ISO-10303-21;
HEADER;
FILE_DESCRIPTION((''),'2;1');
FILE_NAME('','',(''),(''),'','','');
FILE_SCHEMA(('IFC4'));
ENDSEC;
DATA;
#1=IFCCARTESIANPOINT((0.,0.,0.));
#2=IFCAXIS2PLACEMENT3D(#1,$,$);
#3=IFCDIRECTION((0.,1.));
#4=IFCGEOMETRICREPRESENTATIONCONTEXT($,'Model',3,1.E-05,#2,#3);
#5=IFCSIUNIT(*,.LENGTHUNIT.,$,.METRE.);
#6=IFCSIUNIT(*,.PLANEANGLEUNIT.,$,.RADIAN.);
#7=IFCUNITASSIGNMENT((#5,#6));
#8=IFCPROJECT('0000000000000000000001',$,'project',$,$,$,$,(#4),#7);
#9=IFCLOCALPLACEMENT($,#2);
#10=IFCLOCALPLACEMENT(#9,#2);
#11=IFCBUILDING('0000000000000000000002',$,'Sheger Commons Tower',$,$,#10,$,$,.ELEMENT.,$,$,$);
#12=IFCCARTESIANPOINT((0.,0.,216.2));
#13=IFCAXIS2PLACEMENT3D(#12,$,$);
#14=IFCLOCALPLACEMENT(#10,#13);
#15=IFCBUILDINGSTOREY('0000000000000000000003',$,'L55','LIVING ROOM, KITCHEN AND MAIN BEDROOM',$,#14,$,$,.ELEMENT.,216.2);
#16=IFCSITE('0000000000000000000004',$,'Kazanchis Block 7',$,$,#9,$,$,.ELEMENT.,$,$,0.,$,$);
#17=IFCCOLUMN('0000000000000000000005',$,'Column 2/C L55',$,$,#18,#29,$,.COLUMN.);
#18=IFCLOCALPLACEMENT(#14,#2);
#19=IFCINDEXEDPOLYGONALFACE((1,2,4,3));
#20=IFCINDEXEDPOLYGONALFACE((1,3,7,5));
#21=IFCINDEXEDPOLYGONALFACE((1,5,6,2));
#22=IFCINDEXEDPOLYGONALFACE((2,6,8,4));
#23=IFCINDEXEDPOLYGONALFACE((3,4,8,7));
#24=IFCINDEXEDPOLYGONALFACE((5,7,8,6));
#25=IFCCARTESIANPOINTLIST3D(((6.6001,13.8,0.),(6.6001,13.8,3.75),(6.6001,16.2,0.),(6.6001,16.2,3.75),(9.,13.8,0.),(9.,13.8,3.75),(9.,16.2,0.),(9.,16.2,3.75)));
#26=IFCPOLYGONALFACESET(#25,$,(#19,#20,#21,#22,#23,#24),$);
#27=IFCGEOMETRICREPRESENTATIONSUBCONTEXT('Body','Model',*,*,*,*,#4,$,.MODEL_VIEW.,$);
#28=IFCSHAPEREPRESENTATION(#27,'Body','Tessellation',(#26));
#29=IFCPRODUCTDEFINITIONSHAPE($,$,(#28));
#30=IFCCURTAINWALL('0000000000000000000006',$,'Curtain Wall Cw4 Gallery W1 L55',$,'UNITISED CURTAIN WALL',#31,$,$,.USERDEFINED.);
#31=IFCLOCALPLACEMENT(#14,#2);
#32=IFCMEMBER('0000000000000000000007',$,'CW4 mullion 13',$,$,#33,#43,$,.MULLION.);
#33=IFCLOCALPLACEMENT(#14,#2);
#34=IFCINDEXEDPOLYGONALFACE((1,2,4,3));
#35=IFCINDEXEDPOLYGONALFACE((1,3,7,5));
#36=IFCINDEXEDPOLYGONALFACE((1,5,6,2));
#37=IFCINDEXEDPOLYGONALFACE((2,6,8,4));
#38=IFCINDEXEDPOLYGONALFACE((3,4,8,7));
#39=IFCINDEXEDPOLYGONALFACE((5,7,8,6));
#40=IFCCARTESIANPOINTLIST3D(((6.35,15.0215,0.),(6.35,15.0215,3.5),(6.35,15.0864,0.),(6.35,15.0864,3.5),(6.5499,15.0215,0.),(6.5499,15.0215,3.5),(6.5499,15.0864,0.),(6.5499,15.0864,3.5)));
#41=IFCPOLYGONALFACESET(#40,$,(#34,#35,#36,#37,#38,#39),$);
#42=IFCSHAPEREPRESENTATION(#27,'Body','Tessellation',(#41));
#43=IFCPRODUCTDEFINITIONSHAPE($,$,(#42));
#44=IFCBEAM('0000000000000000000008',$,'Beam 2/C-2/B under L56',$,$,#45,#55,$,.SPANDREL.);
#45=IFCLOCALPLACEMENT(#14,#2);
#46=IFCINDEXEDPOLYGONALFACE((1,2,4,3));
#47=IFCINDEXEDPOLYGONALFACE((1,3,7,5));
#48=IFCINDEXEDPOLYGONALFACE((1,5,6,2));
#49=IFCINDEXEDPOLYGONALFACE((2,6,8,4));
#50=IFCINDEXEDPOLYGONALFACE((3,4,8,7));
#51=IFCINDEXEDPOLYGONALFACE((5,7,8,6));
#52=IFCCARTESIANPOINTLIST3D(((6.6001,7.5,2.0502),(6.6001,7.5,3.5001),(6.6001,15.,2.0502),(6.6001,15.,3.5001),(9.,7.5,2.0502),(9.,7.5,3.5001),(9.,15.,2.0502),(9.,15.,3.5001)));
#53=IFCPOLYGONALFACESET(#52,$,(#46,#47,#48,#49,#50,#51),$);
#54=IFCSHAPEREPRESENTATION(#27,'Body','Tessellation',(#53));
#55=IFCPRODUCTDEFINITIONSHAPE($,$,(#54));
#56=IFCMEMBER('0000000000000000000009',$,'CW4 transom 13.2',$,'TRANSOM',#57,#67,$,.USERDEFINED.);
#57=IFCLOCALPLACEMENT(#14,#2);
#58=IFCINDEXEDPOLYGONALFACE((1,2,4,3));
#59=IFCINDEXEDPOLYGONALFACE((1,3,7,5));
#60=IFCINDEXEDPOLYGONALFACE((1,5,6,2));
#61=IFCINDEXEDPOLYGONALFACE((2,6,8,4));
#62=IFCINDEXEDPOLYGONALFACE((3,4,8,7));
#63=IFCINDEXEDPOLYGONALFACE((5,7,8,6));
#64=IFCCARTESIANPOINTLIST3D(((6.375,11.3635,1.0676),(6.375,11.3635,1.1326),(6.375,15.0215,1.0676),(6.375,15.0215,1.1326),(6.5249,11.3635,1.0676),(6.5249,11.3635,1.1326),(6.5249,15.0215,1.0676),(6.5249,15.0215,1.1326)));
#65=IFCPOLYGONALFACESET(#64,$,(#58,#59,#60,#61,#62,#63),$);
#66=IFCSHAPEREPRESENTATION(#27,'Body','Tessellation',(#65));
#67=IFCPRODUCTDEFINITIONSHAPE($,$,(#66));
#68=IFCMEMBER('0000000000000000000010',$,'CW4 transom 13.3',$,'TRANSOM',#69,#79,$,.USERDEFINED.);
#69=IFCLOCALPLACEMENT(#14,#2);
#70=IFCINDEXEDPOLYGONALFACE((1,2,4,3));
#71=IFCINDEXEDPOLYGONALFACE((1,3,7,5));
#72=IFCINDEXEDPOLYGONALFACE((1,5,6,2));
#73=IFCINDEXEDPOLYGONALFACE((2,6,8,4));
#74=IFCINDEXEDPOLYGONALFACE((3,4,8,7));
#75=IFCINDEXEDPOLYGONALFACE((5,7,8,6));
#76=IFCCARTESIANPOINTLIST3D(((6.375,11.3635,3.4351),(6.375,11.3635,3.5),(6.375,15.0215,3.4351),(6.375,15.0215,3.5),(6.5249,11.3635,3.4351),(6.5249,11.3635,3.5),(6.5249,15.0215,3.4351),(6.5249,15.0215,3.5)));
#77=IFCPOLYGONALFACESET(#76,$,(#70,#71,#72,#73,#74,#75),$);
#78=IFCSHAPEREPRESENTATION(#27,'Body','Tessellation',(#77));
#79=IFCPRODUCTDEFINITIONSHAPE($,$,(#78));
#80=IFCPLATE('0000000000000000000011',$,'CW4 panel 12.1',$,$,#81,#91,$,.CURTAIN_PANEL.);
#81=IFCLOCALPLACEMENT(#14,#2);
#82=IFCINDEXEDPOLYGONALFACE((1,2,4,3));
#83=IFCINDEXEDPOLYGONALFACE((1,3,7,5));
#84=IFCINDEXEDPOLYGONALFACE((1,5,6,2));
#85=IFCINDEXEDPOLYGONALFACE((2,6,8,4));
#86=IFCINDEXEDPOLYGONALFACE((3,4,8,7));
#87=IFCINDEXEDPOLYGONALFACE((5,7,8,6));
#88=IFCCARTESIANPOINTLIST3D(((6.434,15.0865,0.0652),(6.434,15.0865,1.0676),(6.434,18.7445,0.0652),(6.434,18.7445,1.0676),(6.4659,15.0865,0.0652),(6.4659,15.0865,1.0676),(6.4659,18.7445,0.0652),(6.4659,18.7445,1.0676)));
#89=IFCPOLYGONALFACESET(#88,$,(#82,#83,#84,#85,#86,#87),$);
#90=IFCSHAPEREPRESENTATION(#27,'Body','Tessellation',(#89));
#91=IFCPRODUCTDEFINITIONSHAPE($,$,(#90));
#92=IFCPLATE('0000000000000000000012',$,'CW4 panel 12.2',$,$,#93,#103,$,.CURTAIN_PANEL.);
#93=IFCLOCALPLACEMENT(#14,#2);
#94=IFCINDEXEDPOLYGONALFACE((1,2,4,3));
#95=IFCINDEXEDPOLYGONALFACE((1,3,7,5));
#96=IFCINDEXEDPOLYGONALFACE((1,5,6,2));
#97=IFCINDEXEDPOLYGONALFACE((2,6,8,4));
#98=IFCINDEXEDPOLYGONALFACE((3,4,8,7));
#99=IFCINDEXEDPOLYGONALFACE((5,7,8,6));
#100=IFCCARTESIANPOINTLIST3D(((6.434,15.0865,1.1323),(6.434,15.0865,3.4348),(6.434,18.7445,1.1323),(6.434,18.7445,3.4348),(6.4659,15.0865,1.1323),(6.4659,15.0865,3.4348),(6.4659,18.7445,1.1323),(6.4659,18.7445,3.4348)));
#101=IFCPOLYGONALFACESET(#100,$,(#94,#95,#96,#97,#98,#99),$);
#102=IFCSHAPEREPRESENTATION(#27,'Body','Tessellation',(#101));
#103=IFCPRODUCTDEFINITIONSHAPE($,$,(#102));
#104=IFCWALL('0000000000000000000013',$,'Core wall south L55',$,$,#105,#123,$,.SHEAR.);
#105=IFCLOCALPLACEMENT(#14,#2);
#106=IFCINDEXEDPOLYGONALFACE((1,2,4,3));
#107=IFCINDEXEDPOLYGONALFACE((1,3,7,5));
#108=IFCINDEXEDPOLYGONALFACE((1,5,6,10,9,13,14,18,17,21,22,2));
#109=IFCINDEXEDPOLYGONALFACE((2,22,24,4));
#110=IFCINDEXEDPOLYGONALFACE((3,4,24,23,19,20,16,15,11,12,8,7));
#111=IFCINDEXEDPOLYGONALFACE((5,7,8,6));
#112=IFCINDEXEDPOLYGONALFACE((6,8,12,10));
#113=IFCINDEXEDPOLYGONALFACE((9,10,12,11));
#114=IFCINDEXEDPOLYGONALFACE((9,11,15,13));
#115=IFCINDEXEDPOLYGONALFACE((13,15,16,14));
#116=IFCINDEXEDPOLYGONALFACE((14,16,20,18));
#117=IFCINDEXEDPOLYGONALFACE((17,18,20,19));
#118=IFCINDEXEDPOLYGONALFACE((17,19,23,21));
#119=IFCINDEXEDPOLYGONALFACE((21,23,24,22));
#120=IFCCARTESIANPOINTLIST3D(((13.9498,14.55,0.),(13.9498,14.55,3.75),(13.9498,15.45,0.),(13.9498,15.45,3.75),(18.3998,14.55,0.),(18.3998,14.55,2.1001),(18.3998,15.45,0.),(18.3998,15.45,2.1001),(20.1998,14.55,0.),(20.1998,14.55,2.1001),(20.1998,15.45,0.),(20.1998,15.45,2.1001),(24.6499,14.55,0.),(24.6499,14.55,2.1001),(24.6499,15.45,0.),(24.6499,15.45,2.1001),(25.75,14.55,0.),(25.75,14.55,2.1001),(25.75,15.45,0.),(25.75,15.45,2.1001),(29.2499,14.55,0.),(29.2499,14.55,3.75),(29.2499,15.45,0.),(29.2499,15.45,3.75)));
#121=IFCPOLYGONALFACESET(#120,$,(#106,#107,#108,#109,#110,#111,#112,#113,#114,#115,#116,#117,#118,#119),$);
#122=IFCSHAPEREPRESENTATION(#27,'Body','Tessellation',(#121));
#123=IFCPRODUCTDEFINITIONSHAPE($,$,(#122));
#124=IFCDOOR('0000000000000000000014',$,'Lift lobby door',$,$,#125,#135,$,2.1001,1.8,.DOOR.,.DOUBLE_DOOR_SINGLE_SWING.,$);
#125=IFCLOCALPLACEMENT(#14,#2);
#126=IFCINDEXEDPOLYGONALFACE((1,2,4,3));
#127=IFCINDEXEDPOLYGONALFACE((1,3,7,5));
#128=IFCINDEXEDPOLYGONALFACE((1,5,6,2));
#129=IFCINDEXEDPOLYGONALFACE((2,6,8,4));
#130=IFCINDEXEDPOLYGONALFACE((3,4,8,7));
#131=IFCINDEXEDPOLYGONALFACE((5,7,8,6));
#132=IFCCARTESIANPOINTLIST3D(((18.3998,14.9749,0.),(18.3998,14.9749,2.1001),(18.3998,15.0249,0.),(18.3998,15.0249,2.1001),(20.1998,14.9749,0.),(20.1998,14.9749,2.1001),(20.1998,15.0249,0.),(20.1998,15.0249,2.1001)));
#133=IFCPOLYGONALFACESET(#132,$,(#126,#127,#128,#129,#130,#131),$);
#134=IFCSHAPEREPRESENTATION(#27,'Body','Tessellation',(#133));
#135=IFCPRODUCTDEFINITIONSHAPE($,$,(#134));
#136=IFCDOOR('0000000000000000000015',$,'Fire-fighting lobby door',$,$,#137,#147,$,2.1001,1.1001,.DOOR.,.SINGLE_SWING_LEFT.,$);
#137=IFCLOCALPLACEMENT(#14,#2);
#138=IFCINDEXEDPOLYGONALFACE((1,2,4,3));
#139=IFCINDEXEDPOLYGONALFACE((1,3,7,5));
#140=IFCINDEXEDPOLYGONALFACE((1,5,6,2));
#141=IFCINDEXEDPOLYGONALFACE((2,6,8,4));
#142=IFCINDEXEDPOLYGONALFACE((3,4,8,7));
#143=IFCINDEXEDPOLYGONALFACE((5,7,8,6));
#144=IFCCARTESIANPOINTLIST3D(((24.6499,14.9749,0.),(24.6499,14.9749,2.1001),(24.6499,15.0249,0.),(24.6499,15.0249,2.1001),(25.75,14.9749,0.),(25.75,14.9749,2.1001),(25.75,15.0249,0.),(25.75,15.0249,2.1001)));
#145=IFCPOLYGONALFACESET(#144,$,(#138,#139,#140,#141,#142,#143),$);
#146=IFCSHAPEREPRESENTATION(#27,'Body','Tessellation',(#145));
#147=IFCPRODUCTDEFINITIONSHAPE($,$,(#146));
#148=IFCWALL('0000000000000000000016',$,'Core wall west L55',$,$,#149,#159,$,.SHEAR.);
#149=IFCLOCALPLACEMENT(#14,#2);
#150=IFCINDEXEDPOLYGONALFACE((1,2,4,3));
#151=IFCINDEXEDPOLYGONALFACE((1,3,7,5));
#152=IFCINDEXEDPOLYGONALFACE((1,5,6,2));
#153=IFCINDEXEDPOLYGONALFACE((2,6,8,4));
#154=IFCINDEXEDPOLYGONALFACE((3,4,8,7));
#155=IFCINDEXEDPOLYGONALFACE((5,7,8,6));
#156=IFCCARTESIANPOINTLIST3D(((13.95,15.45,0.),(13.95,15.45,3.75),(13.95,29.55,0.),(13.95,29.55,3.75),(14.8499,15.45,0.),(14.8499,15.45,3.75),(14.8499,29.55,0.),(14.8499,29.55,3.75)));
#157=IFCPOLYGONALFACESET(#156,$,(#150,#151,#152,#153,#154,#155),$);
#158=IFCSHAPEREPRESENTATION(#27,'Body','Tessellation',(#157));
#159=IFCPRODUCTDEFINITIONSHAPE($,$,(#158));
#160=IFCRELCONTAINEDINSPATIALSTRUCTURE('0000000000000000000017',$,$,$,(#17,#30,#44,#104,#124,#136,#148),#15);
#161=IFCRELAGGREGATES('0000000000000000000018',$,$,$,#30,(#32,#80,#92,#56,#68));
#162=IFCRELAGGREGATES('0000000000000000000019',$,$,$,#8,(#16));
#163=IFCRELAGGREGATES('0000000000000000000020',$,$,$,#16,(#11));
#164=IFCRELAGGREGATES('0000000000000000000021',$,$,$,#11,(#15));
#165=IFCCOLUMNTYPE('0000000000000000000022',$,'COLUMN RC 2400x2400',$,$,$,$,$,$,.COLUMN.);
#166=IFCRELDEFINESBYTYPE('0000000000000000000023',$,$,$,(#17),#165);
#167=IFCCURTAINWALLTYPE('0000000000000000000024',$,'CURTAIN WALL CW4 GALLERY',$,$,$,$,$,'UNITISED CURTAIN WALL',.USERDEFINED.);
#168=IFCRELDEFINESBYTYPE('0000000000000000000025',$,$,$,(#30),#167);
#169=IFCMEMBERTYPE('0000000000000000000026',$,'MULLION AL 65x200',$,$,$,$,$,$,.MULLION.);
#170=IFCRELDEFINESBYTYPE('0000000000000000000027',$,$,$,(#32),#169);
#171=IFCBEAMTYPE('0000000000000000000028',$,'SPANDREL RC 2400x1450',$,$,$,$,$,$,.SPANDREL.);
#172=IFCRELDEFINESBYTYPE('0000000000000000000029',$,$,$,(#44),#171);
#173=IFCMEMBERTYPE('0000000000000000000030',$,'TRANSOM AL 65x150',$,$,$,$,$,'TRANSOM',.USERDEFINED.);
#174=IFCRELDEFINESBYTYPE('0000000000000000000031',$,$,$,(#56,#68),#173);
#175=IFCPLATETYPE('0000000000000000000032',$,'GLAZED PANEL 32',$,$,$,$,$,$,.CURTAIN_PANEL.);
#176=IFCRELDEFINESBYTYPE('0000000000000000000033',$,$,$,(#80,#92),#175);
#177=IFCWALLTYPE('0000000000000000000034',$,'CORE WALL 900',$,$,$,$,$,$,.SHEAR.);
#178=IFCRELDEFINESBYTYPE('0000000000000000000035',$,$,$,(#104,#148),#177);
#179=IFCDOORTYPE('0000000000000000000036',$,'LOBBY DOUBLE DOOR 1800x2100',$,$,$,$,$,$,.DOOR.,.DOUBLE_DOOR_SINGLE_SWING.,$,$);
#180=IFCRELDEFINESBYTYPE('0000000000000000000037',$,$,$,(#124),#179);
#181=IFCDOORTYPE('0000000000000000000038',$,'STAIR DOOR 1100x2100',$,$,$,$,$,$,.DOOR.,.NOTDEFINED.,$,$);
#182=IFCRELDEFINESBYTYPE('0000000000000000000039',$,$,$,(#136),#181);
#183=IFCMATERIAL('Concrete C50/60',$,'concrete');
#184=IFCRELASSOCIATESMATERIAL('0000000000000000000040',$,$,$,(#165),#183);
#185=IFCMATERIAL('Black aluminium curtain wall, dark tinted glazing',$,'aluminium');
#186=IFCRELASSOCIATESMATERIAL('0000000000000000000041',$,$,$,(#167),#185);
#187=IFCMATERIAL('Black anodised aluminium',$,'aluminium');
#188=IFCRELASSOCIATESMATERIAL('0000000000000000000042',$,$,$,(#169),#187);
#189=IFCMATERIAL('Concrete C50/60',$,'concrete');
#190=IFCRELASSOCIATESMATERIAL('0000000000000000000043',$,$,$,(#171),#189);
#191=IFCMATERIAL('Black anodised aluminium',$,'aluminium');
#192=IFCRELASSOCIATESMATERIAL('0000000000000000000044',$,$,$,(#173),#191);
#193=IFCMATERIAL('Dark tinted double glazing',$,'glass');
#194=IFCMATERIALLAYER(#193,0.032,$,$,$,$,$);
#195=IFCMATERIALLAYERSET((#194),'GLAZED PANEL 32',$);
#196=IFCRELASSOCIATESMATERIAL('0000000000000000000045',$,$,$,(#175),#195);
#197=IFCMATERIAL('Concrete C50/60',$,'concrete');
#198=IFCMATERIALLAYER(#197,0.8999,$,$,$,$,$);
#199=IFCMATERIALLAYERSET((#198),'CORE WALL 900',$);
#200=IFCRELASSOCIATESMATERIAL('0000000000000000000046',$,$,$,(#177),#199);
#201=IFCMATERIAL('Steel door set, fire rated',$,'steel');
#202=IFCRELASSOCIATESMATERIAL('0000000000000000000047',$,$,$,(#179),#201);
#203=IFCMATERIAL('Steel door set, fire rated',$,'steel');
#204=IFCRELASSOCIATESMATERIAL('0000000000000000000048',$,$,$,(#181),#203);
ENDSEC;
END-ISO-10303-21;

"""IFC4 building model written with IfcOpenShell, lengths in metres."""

from ifc_helpers import new_model, si_unit, direction, frame, frame_2d, origin, origin_2d, place, context, subcontext, project, spatial, rectangle, extrude, material, layer, layer_set, material_profile, profile_set, type_object, element, fill, aggregate, save


model = new_model("IFC4")

# Units and contexts
model_context = context("Model", 3, precision=1e-05, world=origin(), true_north=direction((0.0, 1.0)))
body_context = subcontext(model_context, "Body", "Model", "MODEL_VIEW")
ifc_project = project(units=[si_unit("LENGTHUNIT", "METRE"), si_unit("PLANEANGLEUNIT", "RADIAN")], contexts=[model_context])

# Site, building, storey
site_placement = place(None, origin())
site = spatial("IfcSite", under=ifc_project, at=site_placement, Name="Kazanchis Block 7", CompositionType="ELEMENT", RefElevation=0.0)
building_placement = place(site_placement, origin())
building = spatial("IfcBuilding", under=site, at=building_placement, Name="Sheger Commons Tower", CompositionType="ELEMENT")
storey_placement = place(building_placement, frame((0.0, 0.0, 216.2)))
storey = spatial("IfcBuildingStorey", under=building, at=storey_placement, Name="L55", Description="LIVING ROOM, KITCHEN AND MAIN BEDROOM", CompositionType="ELEMENT", Elevation=216.2)

# Column
ifc_material_1 = material(Name="Concrete C50/60", Category="concrete")
ifc_material_profile_1 = material_profile(ifc_material_1, rectangle(XDim=2.3999, YDim=2.3999, at=origin_2d()), Name="RC 2400x2400")
ifc_profile_set_1 = profile_set([ifc_material_profile_1], Name="Concrete C50/60")
column_type = type_object("IfcColumnType", Name="COLUMN RC 2400x2400", PredefinedType="COLUMN", material=ifc_profile_set_1)
column_placement = place(storey_placement, frame((7.8, 15.0, 0.0), z_axis=(0.0, 0.0, 1.0), x_axis=(1.0, 0.0, 0.0)))
element("IfcColumn", 1, at=column_placement, inside=storey, type_object=column_type, Name="Column 2/C L55", PredefinedType="COLUMN", context=body_context, shape_type="SweptSolid", body=[
    extrude(rectangle(XDim=2.3999, YDim=2.3999, at=origin_2d()), origin(), (0.0, 0.0, 1.0), 3.75),
])

# Curtain wall, member
ifc_material_2 = material(Name="Black aluminium curtain wall, dark tinted glazing", Category="aluminium")
curtain_wall_type = type_object("IfcCurtainWallType", Name="CURTAIN WALL CW4 GALLERY", ElementType="UNITISED CURTAIN WALL", PredefinedType="USERDEFINED", material=ifc_material_2)
curtain_wall_placement = place(storey_placement, origin())
curtain_wall = element("IfcCurtainWall", 2, at=curtain_wall_placement, inside=storey, type_object=curtain_wall_type, Name="Curtain Wall Cw4 Gallery W1 L55", ObjectType="UNITISED CURTAIN WALL", PredefinedType="USERDEFINED")
ifc_material_3 = material(Name="Black anodised aluminium", Category="aluminium")
ifc_material_profile_2 = material_profile(ifc_material_3, rectangle(XDim=0.2, YDim=0.0649, at=origin_2d()), Name="AL 65x200")
ifc_profile_set_2 = profile_set([ifc_material_profile_2], Name="Black anodised aluminium")
member_type_1 = type_object("IfcMemberType", Name="MULLION AL 65x200", PredefinedType="MULLION", material=ifc_profile_set_2)
member_1_placement = place(storey_placement, frame((6.45, 15.054, 0.0), z_axis=(0.0, 0.0, 1.0), x_axis=(1.0, 0.0, 0.0)))
member_1 = element("IfcMember", 3, at=member_1_placement, type_object=member_type_1, Name="CW4 mullion 13", PredefinedType="MULLION", context=body_context, shape_type="SweptSolid", body=[
    extrude(rectangle(XDim=0.2, YDim=0.0649, at=origin_2d()), origin(), (0.0, 0.0, 1.0), 3.5),
])

# Beam
ifc_material_4 = material(Name="Concrete C50/60", Category="concrete")
ifc_material_profile_3 = material_profile(ifc_material_4, rectangle(XDim=2.3999, YDim=1.45, at=origin_2d()), Name="RC 2400x1450")
ifc_profile_set_3 = profile_set([ifc_material_profile_3], Name="Concrete C50/60")
beam_type = type_object("IfcBeamType", Name="SPANDREL RC 2400x1450", PredefinedType="SPANDREL", material=ifc_profile_set_3)
beam_placement = place(storey_placement, frame((7.8, 15.0, 2.7751), z_axis=(0.0, -1.0, 0.0), x_axis=(1.0, 0.0, 0.0)))
element("IfcBeam", 4, at=beam_placement, inside=storey, type_object=beam_type, Name="Beam 2/C-2/B under L56", PredefinedType="SPANDREL", context=body_context, shape_type="SweptSolid", body=[
    extrude(rectangle(XDim=2.3999, YDim=1.45, at=origin_2d()), origin(), (0.0, 0.0, 1.0), 7.5),
])

# Members
ifc_material_5 = material(Name="Black anodised aluminium", Category="aluminium")
ifc_material_profile_4 = material_profile(ifc_material_5, rectangle(XDim=0.1499, YDim=0.0649, at=origin_2d()), Name="AL 65x150")
ifc_profile_set_4 = profile_set([ifc_material_profile_4], Name="Black anodised aluminium")
member_type_2 = type_object("IfcMemberType", Name="TRANSOM AL 65x150", ElementType="TRANSOM", PredefinedType="USERDEFINED", material=ifc_profile_set_4)
member_2_placement = place(storey_placement, frame((6.45, 15.0215, 1.1001), z_axis=(0.0, -1.0, 0.0), x_axis=(1.0, 0.0, 0.0)))
member_2 = element("IfcMember", 5, at=member_2_placement, type_object=member_type_2, Name="CW4 transom 13.2", ObjectType="TRANSOM", PredefinedType="USERDEFINED", context=body_context, shape_type="SweptSolid", body=[
    extrude(rectangle(XDim=0.1499, YDim=0.0649, at=origin_2d()), origin(), (0.0, 0.0, 1.0), 3.658),
])
member_3_placement = place(storey_placement, frame((6.45, 15.0215, 3.4675), z_axis=(0.0, -1.0, 0.0), x_axis=(1.0, 0.0, 0.0)))
member_3 = element("IfcMember", 6, at=member_3_placement, type_object=member_type_2, Name="CW4 transom 13.3", ObjectType="TRANSOM", PredefinedType="USERDEFINED", context=body_context, shape_type="SweptSolid", body=[
    extrude(rectangle(XDim=0.1499, YDim=0.0649, at=origin_2d()), origin(), (0.0, 0.0, 1.0), 3.658),
])

# Plates
ifc_material_6 = material(Name="Dark tinted double glazing", Category="glass")
ifc_layer_1 = layer(ifc_material_6, 0.032)
ifc_layer_set_1 = layer_set([ifc_layer_1], Name="GLAZED PANEL 32")
plate_type = type_object("IfcPlateType", Name="GLAZED PANEL 32", PredefinedType="CURTAIN_PANEL", material=ifc_layer_set_1)
plate_1_placement = place(storey_placement, frame((6.45, 16.9155, 0.0652), z_axis=(0.0, 0.0, 1.0), x_axis=(0.0, -1.0, 0.0)))
plate_1 = element("IfcPlate", 7, at=plate_1_placement, type_object=plate_type, Name="CW4 panel 12.1", PredefinedType="CURTAIN_PANEL", context=body_context, shape_type="SweptSolid", body=[
    extrude(rectangle(XDim=3.658, YDim=0.032, at=origin_2d()), origin(), (0.0, 0.0, 1.0), 1.0024),
])
plate_2_placement = place(storey_placement, frame((6.45, 16.9155, 1.1323), z_axis=(0.0, 0.0, 1.0), x_axis=(0.0, -1.0, 0.0)))
plate_2 = element("IfcPlate", 8, at=plate_2_placement, type_object=plate_type, Name="CW4 panel 12.2", PredefinedType="CURTAIN_PANEL", context=body_context, shape_type="SweptSolid", body=[
    extrude(rectangle(XDim=3.658, YDim=0.032, at=origin_2d()), origin(), (0.0, 0.0, 1.0), 2.3025),
])
aggregate(curtain_wall, [member_1, plate_1, plate_2, member_2, member_3])

# Wall, openings, doors
ifc_material_7 = material(Name="Concrete C50/60", Category="concrete")
ifc_layer_2 = layer(ifc_material_7, 0.8999)
ifc_layer_set_2 = layer_set([ifc_layer_2], Name="CORE WALL 900")
wall_type_1 = type_object("IfcWallType", Name="CORE WALL 900", PredefinedType="SHEAR", material=ifc_layer_set_2)
wall_1_placement = place(storey_placement, frame((13.95, 15.0, 0.0), z_axis=(0.0, 0.0, 1.0), x_axis=(1.0, 0.0, 0.0)))
wall_1 = element("IfcWall", 9, at=wall_1_placement, inside=storey, type_object=wall_type_1, Name="Core wall south L55", PredefinedType="SHEAR", context=body_context, shape_type="SweptSolid", body=[
    extrude(rectangle(XDim=15.3, YDim=0.8999, at=frame_2d((7.6499, 0.0))), origin(), (0.0, 0.0, 1.0), 3.75),
])
opening_1_placement = place(wall_1_placement, frame((4.45, 0.0, 0.0)))
opening_1 = element("IfcOpeningElement", 10, at=opening_1_placement, cuts=wall_1, PredefinedType="OPENING", context=body_context, shape_type="SweptSolid", body=[
    extrude(rectangle(XDim=1.8, YDim=2.1001, at=frame_2d((0.8999, 1.05))), frame((0.0, 0.46, 0.0), z_axis=(0.0, -1.0, 0.0), x_axis=(1.0, 0.0, 0.0)), (0.0, 0.0, 1.0), 0.9199),
])
opening_2_placement = place(wall_1_placement, frame((10.7, 0.0, 0.0)))
opening_2 = element("IfcOpeningElement", 11, at=opening_2_placement, cuts=wall_1, PredefinedType="OPENING", context=body_context, shape_type="SweptSolid", body=[
    extrude(rectangle(XDim=1.1001, YDim=2.1001, at=frame_2d((0.55, 1.05))), frame((0.0, 0.46, 0.0), z_axis=(0.0, -1.0, 0.0), x_axis=(1.0, 0.0, 0.0)), (0.0, 0.0, 1.0), 0.9199),
])
ifc_material_8 = material(Name="Steel door set, fire rated", Category="steel")
door_type_1 = type_object("IfcDoorType", Name="LOBBY DOUBLE DOOR 1800x2100", OperationType="DOUBLE_DOOR_SINGLE_SWING", PredefinedType="DOOR", material=ifc_material_8)
door_1_placement = place(opening_1_placement, origin())
door_1 = element("IfcDoor", 12, at=door_1_placement, inside=storey, type_object=door_type_1, Name="Lift lobby door", OperationType="DOUBLE_DOOR_SINGLE_SWING", OverallHeight=2.1001, OverallWidth=1.8, PredefinedType="DOOR", context=body_context, shape_type="SweptSolid", body=[
    extrude(rectangle(XDim=1.8, YDim=2.1001, at=frame_2d((0.8999, 1.05))), frame((0.0, 0.0249, 0.0), z_axis=(0.0, -1.0, 0.0), x_axis=(1.0, 0.0, 0.0)), (0.0, 0.0, 1.0), 0.05),
])
fill(opening_1, door_1)
ifc_material_9 = material(Name="Steel door set, fire rated", Category="steel")
door_type_2 = type_object("IfcDoorType", Name="STAIR DOOR 1100x2100", OperationType="NOTDEFINED", PredefinedType="DOOR", material=ifc_material_9)
door_2_placement = place(opening_2_placement, origin())
door_2 = element("IfcDoor", 13, at=door_2_placement, inside=storey, type_object=door_type_2, Name="Fire-fighting lobby door", OperationType="SINGLE_SWING_LEFT", OverallHeight=2.1001, OverallWidth=1.1001, PredefinedType="DOOR", context=body_context, shape_type="SweptSolid", body=[
    extrude(rectangle(XDim=1.1001, YDim=2.1001, at=frame_2d((0.55, 1.05))), frame((0.0, 0.0249, 0.0), z_axis=(0.0, -1.0, 0.0), x_axis=(1.0, 0.0, 0.0)), (0.0, 0.0, 1.0), 0.05),
])
fill(opening_2, door_2)

# Wall
wall_2_placement = place(storey_placement, frame((14.3999, 15.45, 0.0), z_axis=(0.0, 0.0, 1.0), x_axis=(0.0, 1.0, 0.0)))
element("IfcWall", 14, at=wall_2_placement, inside=storey, type_object=wall_type_1, Name="Core wall west L55", PredefinedType="SHEAR", context=body_context, shape_type="SweptSolid", body=[
    extrude(rectangle(XDim=14.1001, YDim=0.8999, at=frame_2d((7.05, 0.0))), origin(), (0.0, 0.0, 1.0), 3.75),
])

save(model, "model.ifc")
